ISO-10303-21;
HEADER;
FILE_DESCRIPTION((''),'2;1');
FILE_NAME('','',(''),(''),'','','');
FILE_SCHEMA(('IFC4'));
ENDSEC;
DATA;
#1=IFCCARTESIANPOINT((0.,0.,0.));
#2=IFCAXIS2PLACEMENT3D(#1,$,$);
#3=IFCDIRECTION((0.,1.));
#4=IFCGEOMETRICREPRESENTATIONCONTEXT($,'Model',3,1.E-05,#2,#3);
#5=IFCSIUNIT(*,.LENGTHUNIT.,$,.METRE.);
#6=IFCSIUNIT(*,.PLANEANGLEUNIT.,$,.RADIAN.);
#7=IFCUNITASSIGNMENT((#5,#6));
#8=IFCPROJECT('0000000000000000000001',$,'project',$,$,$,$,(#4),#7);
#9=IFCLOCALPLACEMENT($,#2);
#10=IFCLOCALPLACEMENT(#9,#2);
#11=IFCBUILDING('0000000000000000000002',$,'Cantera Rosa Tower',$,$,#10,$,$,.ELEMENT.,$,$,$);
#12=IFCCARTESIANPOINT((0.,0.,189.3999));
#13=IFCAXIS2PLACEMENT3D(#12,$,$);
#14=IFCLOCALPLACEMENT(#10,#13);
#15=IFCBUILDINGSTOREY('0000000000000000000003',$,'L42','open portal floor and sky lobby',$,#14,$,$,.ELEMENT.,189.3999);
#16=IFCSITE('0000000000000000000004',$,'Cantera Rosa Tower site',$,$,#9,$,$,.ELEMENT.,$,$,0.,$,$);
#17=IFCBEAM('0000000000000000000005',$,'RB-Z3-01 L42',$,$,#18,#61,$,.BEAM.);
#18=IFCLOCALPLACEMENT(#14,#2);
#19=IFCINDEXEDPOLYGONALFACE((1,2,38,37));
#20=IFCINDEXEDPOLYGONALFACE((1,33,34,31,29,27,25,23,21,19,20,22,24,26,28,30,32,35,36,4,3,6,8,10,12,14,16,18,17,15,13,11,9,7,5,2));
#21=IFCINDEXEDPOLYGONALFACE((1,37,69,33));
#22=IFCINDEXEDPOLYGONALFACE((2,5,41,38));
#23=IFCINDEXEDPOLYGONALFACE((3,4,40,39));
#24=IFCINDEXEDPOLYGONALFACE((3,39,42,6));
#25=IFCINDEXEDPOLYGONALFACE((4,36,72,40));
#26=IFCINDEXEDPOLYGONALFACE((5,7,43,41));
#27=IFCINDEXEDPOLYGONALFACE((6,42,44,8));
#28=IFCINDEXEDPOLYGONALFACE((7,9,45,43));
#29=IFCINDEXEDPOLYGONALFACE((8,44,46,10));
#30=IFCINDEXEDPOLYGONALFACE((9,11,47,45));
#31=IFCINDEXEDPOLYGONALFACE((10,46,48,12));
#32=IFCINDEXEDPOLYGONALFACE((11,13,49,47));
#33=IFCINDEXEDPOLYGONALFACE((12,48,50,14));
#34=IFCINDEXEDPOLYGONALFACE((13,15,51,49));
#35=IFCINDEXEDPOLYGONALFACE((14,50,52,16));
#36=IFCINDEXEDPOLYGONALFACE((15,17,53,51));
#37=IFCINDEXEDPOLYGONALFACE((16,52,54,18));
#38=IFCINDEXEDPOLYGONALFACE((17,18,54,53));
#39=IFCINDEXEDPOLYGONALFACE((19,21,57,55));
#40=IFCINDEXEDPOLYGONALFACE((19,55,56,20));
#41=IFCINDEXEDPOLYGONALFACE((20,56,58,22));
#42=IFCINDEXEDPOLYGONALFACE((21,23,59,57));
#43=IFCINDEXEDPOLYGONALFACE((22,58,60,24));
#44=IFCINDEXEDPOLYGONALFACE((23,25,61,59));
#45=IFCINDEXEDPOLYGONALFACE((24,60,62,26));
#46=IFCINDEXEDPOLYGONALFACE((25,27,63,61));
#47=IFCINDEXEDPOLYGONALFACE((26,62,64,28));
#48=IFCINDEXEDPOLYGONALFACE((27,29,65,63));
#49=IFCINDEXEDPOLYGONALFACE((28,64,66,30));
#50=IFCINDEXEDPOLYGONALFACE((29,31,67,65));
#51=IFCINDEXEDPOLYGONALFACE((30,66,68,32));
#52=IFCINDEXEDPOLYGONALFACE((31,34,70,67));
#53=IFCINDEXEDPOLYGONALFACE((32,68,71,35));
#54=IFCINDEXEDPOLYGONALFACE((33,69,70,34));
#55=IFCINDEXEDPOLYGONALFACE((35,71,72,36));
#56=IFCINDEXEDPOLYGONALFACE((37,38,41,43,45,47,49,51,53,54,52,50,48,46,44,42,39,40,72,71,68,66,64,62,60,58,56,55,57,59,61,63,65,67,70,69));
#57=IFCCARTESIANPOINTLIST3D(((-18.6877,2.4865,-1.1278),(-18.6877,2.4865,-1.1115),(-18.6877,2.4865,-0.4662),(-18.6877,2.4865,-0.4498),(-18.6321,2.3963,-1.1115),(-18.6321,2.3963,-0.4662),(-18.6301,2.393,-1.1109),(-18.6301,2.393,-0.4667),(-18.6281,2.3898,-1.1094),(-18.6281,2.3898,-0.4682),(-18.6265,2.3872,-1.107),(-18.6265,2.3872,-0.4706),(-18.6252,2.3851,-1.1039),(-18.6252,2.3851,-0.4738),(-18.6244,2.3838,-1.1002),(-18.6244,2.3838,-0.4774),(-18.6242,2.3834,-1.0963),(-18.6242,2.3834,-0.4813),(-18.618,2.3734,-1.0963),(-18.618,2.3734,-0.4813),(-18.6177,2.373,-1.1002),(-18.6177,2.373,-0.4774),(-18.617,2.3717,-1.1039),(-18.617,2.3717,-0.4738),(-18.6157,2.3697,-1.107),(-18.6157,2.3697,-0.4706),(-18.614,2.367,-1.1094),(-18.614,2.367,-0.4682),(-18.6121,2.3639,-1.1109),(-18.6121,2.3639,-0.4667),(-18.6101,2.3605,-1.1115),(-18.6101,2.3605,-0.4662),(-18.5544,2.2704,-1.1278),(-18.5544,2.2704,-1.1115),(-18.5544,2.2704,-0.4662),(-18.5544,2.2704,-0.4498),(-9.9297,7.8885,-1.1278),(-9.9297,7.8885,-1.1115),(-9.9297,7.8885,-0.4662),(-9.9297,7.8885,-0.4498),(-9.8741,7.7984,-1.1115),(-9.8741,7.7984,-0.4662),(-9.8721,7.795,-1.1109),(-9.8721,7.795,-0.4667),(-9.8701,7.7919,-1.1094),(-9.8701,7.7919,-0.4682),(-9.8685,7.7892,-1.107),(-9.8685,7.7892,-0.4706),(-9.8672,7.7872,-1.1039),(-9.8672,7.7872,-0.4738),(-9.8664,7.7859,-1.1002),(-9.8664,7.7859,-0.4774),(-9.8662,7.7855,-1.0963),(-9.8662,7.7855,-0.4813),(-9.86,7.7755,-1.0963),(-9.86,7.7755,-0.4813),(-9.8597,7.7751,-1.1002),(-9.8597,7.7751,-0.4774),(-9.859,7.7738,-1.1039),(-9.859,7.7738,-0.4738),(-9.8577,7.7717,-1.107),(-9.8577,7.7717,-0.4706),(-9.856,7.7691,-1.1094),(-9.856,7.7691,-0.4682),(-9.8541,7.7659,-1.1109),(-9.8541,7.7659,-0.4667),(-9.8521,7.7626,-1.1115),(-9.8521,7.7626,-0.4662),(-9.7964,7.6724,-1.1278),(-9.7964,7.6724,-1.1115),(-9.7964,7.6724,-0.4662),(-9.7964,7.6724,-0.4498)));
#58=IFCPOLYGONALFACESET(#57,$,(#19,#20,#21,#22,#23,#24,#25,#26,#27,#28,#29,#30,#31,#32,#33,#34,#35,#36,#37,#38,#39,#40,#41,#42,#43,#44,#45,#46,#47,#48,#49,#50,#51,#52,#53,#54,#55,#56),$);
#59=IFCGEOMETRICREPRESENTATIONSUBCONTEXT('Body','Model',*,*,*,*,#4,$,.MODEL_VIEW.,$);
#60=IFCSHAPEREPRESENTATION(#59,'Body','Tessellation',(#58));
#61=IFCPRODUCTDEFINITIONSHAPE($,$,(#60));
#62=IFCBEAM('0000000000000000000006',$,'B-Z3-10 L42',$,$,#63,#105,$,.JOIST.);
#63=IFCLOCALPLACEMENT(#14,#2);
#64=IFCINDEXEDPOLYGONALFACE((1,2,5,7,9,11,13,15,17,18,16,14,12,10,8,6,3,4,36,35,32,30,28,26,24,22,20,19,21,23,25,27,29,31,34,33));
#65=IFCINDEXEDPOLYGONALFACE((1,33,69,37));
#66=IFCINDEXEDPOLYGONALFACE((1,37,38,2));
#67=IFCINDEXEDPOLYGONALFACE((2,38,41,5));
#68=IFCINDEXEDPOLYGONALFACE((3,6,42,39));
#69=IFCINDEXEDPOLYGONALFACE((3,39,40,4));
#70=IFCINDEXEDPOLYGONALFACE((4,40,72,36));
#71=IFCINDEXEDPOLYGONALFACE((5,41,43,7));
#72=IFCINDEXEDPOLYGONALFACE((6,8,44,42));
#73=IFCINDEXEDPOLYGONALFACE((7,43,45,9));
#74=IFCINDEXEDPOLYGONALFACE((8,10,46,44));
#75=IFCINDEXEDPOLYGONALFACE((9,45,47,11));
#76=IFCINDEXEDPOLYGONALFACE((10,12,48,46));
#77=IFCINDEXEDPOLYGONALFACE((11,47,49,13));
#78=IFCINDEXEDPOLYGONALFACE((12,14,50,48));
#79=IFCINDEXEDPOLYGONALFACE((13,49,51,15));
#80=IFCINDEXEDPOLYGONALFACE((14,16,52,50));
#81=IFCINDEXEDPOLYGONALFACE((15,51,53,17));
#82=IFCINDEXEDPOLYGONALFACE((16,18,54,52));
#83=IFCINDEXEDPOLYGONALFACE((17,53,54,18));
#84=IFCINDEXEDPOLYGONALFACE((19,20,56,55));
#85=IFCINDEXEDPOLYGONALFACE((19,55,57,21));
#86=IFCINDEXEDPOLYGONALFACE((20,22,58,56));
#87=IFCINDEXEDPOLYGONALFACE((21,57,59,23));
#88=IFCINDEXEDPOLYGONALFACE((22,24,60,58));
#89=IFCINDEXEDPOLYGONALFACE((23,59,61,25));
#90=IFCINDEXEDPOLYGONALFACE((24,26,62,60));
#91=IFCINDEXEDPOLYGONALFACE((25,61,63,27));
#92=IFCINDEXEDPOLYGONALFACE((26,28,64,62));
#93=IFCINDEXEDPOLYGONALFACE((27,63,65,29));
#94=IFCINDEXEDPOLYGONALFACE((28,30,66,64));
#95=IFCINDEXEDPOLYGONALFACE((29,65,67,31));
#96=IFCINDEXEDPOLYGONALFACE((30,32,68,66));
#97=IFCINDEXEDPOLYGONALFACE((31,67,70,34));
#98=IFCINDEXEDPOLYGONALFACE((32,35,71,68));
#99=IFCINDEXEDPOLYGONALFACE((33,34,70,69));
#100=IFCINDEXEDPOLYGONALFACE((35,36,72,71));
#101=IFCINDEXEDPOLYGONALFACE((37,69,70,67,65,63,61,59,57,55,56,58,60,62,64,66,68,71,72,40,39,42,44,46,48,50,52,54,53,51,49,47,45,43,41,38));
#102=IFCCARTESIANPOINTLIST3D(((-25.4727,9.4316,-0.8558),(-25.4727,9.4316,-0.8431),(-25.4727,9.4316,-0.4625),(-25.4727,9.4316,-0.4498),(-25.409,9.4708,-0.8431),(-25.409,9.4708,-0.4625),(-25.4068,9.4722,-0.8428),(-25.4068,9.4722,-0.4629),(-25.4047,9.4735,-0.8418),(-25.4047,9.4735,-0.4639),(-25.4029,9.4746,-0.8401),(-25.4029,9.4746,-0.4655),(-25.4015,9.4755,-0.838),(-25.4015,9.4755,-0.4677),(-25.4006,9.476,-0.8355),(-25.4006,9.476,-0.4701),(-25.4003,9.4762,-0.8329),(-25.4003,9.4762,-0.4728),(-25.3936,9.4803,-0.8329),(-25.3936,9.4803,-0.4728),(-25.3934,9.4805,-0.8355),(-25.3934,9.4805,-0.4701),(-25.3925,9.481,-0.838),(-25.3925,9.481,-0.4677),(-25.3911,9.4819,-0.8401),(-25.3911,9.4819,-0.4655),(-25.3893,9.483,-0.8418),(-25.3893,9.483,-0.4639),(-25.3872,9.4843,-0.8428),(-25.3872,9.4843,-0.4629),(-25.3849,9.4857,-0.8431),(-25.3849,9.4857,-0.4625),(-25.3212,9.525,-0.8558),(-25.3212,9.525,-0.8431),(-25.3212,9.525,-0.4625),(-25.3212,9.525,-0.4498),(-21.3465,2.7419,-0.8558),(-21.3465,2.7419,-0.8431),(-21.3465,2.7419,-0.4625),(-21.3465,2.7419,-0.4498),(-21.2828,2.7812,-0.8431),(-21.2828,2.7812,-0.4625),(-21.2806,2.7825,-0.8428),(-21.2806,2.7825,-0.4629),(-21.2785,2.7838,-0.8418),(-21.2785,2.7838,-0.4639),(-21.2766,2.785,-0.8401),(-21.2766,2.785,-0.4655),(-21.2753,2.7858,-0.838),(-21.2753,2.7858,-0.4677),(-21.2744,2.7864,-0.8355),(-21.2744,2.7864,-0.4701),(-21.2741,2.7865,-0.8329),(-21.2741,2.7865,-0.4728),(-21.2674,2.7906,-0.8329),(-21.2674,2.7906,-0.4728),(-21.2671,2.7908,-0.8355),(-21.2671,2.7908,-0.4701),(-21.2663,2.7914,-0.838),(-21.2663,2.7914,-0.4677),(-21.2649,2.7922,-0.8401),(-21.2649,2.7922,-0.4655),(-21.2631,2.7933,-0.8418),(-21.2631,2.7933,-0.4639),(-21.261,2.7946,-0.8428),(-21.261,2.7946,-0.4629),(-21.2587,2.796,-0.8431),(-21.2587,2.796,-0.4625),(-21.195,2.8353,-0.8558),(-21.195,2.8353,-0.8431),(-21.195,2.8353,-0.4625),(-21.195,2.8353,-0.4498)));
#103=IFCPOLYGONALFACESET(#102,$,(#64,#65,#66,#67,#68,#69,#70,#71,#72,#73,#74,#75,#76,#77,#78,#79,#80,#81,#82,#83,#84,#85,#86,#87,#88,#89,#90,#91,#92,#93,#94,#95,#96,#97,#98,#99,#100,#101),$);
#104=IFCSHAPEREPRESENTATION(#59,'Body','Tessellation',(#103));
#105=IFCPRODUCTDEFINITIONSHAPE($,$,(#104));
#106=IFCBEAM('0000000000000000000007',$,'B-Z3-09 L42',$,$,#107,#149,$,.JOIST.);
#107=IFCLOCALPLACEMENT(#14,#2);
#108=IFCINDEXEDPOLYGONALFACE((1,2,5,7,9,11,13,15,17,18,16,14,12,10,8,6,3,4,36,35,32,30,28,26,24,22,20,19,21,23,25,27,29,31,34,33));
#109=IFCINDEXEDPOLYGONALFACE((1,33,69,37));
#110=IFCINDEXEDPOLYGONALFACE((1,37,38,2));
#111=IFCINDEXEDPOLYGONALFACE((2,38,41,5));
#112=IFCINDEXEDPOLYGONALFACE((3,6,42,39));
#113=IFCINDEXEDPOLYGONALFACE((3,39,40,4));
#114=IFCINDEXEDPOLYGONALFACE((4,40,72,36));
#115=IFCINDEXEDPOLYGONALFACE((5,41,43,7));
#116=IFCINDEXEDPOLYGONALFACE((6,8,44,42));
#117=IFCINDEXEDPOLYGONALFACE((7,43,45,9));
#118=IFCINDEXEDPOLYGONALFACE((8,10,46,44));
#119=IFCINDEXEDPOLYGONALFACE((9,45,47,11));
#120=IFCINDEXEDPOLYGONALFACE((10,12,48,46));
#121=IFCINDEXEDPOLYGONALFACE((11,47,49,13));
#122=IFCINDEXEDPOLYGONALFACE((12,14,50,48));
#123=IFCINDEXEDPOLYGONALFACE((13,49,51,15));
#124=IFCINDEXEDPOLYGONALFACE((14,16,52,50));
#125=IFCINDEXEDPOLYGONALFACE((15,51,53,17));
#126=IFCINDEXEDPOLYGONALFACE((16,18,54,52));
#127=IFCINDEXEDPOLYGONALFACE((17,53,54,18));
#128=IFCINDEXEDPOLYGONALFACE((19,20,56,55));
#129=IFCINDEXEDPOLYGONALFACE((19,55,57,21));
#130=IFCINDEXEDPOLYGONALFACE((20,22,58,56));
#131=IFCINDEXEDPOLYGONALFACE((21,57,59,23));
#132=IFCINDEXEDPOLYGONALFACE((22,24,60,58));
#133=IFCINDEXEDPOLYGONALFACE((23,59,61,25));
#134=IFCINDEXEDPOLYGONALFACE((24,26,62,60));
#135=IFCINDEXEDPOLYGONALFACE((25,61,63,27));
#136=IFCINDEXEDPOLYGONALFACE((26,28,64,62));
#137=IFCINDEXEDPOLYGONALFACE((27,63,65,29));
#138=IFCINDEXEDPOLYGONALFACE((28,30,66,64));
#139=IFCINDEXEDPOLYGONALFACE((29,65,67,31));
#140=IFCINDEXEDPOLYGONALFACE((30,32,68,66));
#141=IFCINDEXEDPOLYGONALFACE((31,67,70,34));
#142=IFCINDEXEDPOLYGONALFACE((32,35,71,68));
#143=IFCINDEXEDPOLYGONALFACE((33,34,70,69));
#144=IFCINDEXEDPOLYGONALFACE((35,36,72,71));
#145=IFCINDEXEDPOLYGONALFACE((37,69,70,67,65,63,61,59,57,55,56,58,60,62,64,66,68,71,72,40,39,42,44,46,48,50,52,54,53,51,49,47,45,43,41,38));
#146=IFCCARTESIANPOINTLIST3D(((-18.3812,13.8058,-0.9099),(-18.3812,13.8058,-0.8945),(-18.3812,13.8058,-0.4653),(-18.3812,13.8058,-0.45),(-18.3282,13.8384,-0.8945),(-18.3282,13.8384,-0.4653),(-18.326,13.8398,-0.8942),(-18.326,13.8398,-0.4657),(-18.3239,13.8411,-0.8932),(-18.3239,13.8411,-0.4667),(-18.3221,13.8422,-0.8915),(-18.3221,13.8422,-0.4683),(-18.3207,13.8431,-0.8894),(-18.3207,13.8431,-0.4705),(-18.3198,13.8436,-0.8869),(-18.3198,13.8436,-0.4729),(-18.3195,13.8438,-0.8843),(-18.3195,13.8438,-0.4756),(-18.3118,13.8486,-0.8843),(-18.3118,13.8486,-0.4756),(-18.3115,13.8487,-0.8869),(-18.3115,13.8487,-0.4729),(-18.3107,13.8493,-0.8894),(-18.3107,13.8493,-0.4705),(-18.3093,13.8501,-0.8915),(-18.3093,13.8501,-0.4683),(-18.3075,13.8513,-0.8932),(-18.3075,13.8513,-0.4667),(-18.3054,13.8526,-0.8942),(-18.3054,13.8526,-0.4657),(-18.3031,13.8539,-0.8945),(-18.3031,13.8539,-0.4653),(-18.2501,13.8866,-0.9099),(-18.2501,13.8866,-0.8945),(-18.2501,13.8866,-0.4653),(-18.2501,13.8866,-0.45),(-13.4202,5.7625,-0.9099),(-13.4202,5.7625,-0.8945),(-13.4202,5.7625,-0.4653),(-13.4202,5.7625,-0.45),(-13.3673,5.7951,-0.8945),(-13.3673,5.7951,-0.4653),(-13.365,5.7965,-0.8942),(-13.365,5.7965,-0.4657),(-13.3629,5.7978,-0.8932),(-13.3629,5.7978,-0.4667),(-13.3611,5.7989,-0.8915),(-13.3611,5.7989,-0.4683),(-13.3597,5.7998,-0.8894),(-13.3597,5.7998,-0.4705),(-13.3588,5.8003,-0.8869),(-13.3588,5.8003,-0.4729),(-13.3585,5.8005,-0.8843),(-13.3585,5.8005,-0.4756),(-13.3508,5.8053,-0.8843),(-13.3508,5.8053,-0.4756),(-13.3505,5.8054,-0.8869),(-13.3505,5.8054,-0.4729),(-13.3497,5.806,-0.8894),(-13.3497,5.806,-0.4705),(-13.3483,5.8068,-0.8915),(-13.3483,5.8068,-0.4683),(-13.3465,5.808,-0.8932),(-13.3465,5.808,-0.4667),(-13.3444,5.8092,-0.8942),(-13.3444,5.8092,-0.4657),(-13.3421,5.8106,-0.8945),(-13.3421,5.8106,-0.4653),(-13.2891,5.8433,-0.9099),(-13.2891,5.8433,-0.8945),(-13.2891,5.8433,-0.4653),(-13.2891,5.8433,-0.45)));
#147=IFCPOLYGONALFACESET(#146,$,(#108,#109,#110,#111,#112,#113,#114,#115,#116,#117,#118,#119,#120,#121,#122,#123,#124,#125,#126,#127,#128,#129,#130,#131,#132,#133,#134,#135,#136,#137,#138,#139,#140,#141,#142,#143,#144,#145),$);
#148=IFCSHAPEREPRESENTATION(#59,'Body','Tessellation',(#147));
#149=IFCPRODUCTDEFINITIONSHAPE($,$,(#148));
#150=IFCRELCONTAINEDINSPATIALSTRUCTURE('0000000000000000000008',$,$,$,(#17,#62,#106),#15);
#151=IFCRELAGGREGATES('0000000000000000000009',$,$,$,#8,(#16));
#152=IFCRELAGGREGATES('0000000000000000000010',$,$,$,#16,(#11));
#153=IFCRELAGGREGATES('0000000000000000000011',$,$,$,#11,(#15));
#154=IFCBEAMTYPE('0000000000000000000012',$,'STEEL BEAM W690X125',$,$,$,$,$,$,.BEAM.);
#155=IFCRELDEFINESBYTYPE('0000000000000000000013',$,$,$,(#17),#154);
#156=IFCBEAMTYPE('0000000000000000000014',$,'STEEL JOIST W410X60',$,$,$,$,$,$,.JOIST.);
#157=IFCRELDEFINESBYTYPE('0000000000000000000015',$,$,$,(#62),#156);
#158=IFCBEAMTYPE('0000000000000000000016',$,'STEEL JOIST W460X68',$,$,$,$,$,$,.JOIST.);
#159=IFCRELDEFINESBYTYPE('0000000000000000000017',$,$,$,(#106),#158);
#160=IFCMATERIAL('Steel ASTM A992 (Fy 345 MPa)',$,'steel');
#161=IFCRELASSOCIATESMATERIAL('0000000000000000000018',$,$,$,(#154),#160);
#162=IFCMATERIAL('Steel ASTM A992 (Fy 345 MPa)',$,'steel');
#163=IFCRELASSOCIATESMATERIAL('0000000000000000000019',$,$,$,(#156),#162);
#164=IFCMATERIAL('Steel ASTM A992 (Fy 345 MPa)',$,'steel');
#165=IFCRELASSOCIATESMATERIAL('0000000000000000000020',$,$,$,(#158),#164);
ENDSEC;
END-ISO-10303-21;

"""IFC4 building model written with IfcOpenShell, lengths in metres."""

from ifc_helpers import new_model, si_unit, direction, frame, origin, origin_2d, place, context, subcontext, project, spatial, i_section, extrude, material, material_profile, profile_set, type_object, element, save


model = new_model("IFC4")

# Units and contexts
model_context = context("Model", 3, precision=1e-05, world=origin(), true_north=direction((0.0, 1.0)))
body_context = subcontext(model_context, "Body", "Model", "MODEL_VIEW")
ifc_project = project(units=[si_unit("LENGTHUNIT", "METRE"), si_unit("PLANEANGLEUNIT", "RADIAN")], contexts=[model_context])

# Site, building, storey
site_placement = place(None, origin())
site = spatial("IfcSite", under=ifc_project, at=site_placement, Name="Cantera Rosa Tower site", CompositionType="ELEMENT", RefElevation=0.0)
building_placement = place(site_placement, origin())
building = spatial("IfcBuilding", under=site, at=building_placement, Name="Cantera Rosa Tower", CompositionType="ELEMENT")
storey_placement = place(building_placement, frame((0.0, 0.0, 189.3999)))
storey = spatial("IfcBuildingStorey", under=building, at=storey_placement, Name="L42", Description="open portal floor and sky lobby", CompositionType="ELEMENT", Elevation=189.3999)

# Beams
ifc_material_1 = material(Name="Steel ASTM A992 (Fy 345 MPa)", Category="steel")
ifc_material_profile_1 = material_profile(ifc_material_1, i_section(OverallWidth=0.2539, OverallDepth=0.678, WebThickness=0.0117, FlangeThickness=0.0164, FilletRadius=0.0151, at=origin_2d()), Name="W690X125")
ifc_profile_set_1 = profile_set([ifc_material_profile_1], Name="Steel ASTM A992 (Fy 345 MPa)")
beam_type_1 = type_object("IfcBeamType", Name="STEEL BEAM W690X125", PredefinedType="BEAM", material=ifc_profile_set_1)
beam_1_placement = place(storey_placement, frame((-18.6211, 2.3784, -0.7888), z_axis=(0.851115, 0.52498, 0.0), x_axis=(-0.52498, 0.851115, 0.0)))
element("IfcBeam", 1, at=beam_1_placement, inside=storey, type_object=beam_type_1, Name="RB-Z3-01 L42", PredefinedType="BEAM", context=body_context, shape_type="SweptSolid", body=[
    extrude(i_section(OverallWidth=0.2539, OverallDepth=0.678, WebThickness=0.0117, FlangeThickness=0.0164, FilletRadius=0.0151, at=origin_2d()), origin(), (0.0, 0.0, 1.0), 10.29),
])
ifc_material_2 = material(Name="Steel ASTM A992 (Fy 345 MPa)", Category="steel")
ifc_material_profile_2 = material_profile(ifc_material_2, i_section(OverallWidth=0.178, OverallDepth=0.406, WebThickness=0.0078, FlangeThickness=0.0127, FilletRadius=0.0103, at=origin_2d()), Name="W410X60")
ifc_profile_set_2 = profile_set([ifc_material_profile_2], Name="Steel ASTM A992 (Fy 345 MPa)")
beam_type_2 = type_object("IfcBeamType", Name="STEEL JOIST W410X60", PredefinedType="JOIST", material=ifc_profile_set_2)
beam_2_placement = place(storey_placement, frame((-25.397, 9.4783, -0.6528), z_axis=(0.524972, -0.851119, 0.0), x_axis=(0.851119, 0.524972, 0.0)))
element("IfcBeam", 2, at=beam_2_placement, inside=storey, type_object=beam_type_2, Name="B-Z3-10 L42", PredefinedType="JOIST", context=body_context, shape_type="SweptSolid", body=[
    extrude(i_section(OverallWidth=0.178, OverallDepth=0.406, WebThickness=0.0078, FlangeThickness=0.0127, FilletRadius=0.0103, at=origin_2d()), origin(), (0.0, 0.0, 1.0), 7.8599),
])
ifc_material_3 = material(Name="Steel ASTM A992 (Fy 345 MPa)", Category="steel")
ifc_material_profile_3 = material_profile(ifc_material_3, i_section(OverallWidth=0.1541, OverallDepth=0.46, WebThickness=0.009, FlangeThickness=0.0154, FilletRadius=0.0103, at=origin_2d()), Name="W460X68")
ifc_profile_set_3 = profile_set([ifc_material_profile_3], Name="Steel ASTM A992 (Fy 345 MPa)")
beam_type_3 = type_object("IfcBeamType", Name="STEEL JOIST W460X68", PredefinedType="JOIST", material=ifc_profile_set_3)
beam_3_placement = place(storey_placement, frame((-18.3157, 13.8462, -0.6799), z_axis=(0.524962, -0.851126, 0.0), x_axis=(0.851126, 0.524962, 0.0)))
element("IfcBeam", 3, at=beam_3_placement, inside=storey, type_object=beam_type_3, Name="B-Z3-09 L42", PredefinedType="JOIST", context=body_context, shape_type="SweptSolid", body=[
    extrude(i_section(OverallWidth=0.1541, OverallDepth=0.46, WebThickness=0.009, FlangeThickness=0.0154, FilletRadius=0.0103, at=origin_2d()), origin(), (0.0, 0.0, 1.0), 9.4502),
])

save(model, "model.ifc")
